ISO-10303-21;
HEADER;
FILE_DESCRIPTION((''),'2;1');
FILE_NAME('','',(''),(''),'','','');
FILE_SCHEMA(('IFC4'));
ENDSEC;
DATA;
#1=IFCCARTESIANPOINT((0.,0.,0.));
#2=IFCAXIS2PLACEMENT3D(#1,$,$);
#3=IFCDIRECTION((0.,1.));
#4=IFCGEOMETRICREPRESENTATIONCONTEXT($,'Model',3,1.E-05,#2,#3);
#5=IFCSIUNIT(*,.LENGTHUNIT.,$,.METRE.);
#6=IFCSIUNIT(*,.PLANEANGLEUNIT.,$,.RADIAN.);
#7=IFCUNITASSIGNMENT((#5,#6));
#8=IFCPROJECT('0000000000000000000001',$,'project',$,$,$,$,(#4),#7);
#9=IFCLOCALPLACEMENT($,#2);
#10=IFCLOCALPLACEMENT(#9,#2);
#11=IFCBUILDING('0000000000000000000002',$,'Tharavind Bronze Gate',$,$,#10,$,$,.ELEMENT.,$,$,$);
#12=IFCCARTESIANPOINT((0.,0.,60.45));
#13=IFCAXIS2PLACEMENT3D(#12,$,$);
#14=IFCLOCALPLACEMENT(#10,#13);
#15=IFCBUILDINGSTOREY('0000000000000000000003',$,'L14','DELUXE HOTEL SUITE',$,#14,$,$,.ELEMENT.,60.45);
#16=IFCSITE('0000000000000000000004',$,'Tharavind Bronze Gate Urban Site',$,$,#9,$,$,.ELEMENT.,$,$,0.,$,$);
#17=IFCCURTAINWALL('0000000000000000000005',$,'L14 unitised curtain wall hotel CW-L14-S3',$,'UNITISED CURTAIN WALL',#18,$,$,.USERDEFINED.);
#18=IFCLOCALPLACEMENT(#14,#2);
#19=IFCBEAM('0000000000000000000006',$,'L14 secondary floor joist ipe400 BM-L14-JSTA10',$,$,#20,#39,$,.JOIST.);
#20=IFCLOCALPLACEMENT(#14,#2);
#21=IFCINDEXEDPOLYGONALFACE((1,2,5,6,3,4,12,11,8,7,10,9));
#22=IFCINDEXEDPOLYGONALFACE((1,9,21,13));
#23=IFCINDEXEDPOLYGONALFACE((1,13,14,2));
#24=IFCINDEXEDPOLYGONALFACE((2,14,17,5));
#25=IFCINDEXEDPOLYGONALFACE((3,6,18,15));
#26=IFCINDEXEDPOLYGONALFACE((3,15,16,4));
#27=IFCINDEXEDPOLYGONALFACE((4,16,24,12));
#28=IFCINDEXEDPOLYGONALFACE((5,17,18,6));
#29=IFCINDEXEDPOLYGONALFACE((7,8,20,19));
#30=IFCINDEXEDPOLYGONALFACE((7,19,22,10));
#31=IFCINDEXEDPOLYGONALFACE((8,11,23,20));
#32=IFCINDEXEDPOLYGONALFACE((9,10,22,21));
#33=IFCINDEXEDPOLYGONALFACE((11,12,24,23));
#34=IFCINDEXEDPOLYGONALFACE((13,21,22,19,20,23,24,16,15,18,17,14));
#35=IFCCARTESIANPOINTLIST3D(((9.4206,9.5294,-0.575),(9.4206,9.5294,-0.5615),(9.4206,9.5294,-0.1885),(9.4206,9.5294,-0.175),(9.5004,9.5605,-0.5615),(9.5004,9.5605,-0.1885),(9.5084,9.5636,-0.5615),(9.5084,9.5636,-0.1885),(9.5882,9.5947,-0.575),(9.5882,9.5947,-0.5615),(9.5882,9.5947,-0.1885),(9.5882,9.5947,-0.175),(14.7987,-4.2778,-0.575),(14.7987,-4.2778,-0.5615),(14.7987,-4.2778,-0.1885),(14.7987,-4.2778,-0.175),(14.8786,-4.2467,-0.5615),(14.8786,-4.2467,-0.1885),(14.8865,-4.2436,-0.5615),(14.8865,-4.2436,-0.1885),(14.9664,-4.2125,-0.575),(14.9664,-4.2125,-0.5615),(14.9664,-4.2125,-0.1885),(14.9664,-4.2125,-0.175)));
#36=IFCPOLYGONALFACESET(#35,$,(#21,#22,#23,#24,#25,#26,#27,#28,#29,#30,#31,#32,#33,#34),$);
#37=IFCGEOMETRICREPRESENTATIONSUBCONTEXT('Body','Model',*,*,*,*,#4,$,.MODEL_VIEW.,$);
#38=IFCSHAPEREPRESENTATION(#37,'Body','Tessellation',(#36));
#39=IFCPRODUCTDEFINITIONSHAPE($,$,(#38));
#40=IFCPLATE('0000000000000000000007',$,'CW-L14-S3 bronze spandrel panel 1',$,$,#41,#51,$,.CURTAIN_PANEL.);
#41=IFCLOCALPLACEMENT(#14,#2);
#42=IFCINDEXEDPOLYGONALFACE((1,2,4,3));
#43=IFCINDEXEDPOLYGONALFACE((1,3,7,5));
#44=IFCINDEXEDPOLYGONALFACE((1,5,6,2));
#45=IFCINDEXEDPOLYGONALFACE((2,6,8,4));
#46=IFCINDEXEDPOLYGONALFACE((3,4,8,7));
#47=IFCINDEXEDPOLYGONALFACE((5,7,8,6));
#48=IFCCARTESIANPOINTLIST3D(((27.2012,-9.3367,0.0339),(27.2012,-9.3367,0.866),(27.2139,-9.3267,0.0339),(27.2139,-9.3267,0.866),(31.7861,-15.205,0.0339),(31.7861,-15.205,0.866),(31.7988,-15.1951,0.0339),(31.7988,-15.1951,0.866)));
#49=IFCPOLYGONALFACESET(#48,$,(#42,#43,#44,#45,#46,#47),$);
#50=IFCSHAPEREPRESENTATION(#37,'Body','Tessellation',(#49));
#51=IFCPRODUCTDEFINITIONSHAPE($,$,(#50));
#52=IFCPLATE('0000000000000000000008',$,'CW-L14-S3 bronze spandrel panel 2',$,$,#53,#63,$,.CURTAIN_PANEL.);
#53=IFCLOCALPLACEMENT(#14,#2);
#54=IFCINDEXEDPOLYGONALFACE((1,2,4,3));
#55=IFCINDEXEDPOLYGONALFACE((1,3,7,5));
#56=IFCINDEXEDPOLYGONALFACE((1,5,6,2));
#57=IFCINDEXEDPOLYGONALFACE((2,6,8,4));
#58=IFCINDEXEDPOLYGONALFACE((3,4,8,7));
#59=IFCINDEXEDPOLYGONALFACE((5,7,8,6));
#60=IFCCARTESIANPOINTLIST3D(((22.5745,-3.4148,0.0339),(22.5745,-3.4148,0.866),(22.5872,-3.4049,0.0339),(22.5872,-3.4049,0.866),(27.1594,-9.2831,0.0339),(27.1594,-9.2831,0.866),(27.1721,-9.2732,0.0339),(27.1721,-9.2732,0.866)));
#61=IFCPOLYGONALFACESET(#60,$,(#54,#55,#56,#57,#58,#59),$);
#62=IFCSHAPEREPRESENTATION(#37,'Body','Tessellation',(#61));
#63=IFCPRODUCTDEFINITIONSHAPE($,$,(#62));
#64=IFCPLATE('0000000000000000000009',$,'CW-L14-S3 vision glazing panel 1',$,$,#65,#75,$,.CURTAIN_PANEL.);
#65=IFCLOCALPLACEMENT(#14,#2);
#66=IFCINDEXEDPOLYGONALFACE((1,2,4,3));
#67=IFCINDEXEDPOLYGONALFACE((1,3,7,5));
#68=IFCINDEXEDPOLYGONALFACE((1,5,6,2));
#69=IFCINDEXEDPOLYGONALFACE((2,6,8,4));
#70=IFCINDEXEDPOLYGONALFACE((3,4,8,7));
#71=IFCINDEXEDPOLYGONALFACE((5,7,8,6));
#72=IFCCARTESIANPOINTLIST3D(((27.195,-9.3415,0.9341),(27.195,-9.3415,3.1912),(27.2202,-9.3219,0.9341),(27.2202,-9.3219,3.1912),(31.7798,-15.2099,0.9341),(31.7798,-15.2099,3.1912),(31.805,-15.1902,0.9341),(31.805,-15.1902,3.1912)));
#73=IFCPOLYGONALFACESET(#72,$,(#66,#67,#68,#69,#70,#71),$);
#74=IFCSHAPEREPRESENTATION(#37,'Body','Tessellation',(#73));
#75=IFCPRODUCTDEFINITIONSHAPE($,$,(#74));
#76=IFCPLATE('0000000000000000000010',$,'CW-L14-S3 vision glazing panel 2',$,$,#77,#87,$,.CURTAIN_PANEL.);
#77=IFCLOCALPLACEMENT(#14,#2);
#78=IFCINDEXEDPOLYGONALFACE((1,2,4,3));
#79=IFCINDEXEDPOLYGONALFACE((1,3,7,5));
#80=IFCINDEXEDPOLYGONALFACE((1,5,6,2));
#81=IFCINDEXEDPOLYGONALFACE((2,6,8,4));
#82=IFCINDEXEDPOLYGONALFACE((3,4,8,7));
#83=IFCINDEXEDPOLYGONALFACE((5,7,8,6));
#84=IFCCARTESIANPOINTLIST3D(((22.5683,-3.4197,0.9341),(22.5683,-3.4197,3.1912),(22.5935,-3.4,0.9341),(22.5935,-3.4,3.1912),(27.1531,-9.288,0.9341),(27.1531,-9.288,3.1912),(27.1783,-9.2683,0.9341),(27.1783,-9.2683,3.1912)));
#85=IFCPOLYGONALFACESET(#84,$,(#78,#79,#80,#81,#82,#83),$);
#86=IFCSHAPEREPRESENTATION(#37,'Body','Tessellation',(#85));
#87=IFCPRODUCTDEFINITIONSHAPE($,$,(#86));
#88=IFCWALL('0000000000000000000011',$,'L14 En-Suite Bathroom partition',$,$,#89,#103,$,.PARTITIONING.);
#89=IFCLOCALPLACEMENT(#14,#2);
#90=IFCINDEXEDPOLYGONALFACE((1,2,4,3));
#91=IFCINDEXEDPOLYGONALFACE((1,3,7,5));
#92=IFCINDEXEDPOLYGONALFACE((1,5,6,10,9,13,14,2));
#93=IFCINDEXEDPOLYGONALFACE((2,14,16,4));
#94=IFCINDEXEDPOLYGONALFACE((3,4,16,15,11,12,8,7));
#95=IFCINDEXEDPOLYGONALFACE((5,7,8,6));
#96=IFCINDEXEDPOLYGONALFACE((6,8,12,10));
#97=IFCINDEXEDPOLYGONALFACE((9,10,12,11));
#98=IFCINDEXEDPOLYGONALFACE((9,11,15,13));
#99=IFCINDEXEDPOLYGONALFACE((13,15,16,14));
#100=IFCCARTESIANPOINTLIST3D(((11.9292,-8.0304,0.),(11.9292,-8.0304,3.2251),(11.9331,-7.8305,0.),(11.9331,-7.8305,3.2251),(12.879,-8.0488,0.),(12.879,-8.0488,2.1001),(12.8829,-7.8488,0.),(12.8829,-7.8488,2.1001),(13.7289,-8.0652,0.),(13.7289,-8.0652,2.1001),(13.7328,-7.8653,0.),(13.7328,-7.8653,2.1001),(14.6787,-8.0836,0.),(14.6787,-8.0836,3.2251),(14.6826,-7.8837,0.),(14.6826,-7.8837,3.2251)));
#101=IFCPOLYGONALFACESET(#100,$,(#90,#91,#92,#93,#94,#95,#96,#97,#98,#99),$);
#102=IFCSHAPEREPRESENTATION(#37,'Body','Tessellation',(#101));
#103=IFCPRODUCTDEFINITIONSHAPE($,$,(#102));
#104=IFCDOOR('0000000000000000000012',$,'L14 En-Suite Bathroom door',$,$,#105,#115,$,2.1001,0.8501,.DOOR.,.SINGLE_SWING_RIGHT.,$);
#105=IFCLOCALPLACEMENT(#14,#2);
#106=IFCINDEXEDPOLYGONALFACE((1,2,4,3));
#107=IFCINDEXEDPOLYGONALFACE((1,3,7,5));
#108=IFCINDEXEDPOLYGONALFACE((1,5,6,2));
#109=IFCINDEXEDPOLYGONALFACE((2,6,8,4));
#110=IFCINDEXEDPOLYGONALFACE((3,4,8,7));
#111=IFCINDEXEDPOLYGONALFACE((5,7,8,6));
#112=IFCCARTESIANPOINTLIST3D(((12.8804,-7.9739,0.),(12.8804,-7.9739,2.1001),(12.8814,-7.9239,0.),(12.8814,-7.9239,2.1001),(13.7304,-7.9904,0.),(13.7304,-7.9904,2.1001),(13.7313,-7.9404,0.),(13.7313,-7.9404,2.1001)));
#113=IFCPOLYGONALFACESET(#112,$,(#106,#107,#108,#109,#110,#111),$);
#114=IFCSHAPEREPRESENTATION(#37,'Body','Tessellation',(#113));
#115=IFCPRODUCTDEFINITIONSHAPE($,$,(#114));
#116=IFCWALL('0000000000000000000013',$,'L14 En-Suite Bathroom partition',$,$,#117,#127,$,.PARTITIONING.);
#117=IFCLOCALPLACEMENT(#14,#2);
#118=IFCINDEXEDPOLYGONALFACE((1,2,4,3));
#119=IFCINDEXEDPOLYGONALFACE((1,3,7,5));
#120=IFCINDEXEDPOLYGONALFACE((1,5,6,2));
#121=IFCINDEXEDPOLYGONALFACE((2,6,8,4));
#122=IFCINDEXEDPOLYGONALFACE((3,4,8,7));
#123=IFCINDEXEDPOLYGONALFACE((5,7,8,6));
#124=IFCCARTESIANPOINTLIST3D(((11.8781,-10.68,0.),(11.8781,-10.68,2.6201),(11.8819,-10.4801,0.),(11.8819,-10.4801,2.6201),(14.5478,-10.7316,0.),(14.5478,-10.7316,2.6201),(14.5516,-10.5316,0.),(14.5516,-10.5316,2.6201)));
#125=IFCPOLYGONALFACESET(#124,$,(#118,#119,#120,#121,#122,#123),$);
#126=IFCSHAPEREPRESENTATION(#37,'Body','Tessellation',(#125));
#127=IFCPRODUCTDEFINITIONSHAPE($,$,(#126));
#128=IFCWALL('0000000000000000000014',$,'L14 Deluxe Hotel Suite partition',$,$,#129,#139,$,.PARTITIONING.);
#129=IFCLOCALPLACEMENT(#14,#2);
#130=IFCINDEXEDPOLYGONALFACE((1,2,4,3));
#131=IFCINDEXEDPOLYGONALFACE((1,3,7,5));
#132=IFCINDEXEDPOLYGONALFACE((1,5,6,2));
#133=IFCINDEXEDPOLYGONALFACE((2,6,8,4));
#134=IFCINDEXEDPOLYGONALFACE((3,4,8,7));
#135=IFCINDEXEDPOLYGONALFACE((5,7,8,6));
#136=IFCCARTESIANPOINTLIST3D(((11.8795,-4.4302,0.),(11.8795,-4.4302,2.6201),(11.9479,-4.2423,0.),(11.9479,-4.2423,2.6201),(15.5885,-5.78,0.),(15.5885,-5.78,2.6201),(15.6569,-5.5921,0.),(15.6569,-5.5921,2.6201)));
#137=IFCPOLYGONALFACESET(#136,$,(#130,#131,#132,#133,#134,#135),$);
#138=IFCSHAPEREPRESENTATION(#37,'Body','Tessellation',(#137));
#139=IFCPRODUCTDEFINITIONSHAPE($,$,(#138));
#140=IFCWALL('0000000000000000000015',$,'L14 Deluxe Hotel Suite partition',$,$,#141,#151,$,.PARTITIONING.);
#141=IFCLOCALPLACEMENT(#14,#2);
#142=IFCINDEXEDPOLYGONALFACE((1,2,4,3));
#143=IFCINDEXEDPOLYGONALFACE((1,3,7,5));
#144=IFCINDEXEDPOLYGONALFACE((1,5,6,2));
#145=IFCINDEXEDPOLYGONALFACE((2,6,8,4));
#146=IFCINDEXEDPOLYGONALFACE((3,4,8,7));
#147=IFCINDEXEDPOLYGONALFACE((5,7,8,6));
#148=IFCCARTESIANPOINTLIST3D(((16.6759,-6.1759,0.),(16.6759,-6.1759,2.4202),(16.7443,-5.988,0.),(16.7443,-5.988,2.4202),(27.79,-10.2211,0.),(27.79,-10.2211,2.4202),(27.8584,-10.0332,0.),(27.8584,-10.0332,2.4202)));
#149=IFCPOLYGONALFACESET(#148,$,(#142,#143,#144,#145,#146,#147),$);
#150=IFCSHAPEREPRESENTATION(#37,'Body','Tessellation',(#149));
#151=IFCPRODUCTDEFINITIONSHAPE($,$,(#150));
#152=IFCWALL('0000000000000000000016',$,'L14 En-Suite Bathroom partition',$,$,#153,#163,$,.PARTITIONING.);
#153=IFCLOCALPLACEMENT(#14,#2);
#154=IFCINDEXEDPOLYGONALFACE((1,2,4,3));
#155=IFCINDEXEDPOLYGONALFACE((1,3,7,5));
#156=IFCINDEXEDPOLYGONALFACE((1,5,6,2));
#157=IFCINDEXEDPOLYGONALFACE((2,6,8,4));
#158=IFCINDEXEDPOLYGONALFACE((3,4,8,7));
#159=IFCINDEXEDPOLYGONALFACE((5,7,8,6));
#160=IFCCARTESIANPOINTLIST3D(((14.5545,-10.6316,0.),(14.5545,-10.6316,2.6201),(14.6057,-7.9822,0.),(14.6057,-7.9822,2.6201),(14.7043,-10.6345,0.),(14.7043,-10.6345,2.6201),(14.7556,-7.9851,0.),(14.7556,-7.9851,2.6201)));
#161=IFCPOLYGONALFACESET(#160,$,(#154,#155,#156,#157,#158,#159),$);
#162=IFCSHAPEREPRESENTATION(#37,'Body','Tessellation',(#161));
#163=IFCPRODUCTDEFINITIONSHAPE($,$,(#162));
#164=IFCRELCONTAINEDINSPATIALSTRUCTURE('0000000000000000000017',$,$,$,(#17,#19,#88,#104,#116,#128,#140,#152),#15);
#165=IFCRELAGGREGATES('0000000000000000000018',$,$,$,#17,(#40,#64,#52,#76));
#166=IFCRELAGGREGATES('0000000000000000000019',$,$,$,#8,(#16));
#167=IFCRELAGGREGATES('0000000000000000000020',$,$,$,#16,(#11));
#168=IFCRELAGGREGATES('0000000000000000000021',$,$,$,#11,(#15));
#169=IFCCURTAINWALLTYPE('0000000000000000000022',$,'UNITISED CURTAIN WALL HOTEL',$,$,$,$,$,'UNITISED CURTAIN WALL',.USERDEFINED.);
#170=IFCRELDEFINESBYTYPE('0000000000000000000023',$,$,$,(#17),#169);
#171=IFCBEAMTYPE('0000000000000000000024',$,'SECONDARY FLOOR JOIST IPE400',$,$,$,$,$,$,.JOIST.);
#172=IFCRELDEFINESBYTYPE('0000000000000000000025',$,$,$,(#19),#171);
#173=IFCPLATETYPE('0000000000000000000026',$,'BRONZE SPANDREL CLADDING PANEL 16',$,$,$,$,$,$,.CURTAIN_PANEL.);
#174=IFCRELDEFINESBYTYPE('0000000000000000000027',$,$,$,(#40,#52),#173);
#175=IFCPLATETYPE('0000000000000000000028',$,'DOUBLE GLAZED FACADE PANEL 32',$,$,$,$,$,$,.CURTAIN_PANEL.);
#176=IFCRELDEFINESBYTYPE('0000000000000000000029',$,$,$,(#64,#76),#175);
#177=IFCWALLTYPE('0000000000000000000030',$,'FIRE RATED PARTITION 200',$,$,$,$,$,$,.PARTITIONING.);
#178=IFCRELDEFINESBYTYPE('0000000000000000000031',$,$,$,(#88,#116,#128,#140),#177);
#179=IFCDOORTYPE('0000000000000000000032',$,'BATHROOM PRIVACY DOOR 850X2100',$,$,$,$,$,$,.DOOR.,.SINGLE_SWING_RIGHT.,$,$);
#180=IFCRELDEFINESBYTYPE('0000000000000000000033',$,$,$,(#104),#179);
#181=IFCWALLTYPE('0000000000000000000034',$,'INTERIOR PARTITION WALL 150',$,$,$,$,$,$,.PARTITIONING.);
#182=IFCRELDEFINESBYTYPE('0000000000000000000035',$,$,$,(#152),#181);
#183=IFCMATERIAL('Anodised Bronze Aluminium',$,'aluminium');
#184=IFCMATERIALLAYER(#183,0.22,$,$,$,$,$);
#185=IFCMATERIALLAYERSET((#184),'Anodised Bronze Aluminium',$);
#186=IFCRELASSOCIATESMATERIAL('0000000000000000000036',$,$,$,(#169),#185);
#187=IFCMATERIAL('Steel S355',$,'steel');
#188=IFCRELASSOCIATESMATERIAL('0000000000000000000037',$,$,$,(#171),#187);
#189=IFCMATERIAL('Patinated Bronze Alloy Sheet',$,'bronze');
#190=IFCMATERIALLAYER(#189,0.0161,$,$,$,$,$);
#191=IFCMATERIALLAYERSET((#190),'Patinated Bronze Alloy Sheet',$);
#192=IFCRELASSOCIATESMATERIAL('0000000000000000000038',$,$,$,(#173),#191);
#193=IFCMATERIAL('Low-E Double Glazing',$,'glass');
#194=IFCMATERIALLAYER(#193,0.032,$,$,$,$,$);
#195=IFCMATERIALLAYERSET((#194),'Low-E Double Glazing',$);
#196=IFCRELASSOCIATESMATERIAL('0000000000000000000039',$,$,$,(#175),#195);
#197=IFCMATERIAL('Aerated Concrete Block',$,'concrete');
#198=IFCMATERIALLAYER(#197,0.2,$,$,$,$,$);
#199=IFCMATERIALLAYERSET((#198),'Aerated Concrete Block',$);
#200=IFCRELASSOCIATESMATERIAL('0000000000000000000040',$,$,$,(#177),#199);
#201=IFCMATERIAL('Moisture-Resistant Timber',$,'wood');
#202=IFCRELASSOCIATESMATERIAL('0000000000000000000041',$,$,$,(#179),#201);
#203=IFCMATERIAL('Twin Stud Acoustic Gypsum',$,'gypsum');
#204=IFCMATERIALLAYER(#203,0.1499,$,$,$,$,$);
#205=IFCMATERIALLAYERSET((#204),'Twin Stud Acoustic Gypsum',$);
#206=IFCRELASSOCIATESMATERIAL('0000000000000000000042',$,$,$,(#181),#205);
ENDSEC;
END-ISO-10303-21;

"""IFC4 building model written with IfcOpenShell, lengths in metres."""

from ifc_helpers import new_model, si_unit, direction, frame, frame_2d, origin, origin_2d, place, context, subcontext, project, spatial, rectangle, i_section, extrude, material, layer, layer_set, material_profile, profile_set, type_object, element, fill, aggregate, save


model = new_model("IFC4")

# Units and contexts
model_context = context("Model", 3, precision=1e-05, world=origin(), true_north=direction((0.0, 1.0)))
body_context = subcontext(model_context, "Body", "Model", "MODEL_VIEW")
ifc_project = project(units=[si_unit("LENGTHUNIT", "METRE"), si_unit("PLANEANGLEUNIT", "RADIAN")], contexts=[model_context])

# Site, building, storey
site_placement = place(None, origin())
site = spatial("IfcSite", under=ifc_project, at=site_placement, Name="Tharavind Bronze Gate Urban Site", CompositionType="ELEMENT", RefElevation=0.0)
building_placement = place(site_placement, origin())
building = spatial("IfcBuilding", under=site, at=building_placement, Name="Tharavind Bronze Gate", CompositionType="ELEMENT")
storey_placement = place(building_placement, frame((0.0, 0.0, 60.45)))
storey = spatial("IfcBuildingStorey", under=building, at=storey_placement, Name="L14", Description="DELUXE HOTEL SUITE", CompositionType="ELEMENT", Elevation=60.45)

# Curtain wall
ifc_material_1 = material(Name="Anodised Bronze Aluminium", Category="aluminium")
ifc_layer_1 = layer(ifc_material_1, 0.22)
ifc_layer_set_1 = layer_set([ifc_layer_1], Name="Anodised Bronze Aluminium")
curtain_wall_type = type_object("IfcCurtainWallType", Name="UNITISED CURTAIN WALL HOTEL", ElementType="UNITISED CURTAIN WALL", PredefinedType="USERDEFINED", material=ifc_layer_set_1)
curtain_wall_placement = place(storey_placement, origin())
curtain_wall = element("IfcCurtainWall", 1, at=curtain_wall_placement, inside=storey, type_object=curtain_wall_type, Name="L14 unitised curtain wall hotel CW-L14-S3", ObjectType="UNITISED CURTAIN WALL", PredefinedType="USERDEFINED")

# Beam
ifc_material_2 = material(Name="Steel S355", Category="steel")
ifc_material_profile_1 = material_profile(ifc_material_2, i_section(OverallWidth=0.1799, OverallDepth=0.3999, WebThickness=0.0085, FlangeThickness=0.0134, at=origin_2d()), Name="IPE400")
ifc_profile_set_1 = profile_set([ifc_material_profile_1], Name="Steel S355")
beam_type_1 = type_object("IfcBeamType", Name="SECONDARY FLOOR JOIST IPE400", PredefinedType="JOIST", material=ifc_profile_set_1)
beam_1_placement = place(storey_placement, frame((14.8826, -4.2451, -0.375), z_axis=(-0.362958, 0.931805, 0.0), x_axis=(-0.931805, -0.362958, 0.0)))
element("IfcBeam", 2, at=beam_1_placement, inside=storey, type_object=beam_type_1, Name="L14 secondary floor joist ipe400 BM-L14-JSTA10", PredefinedType="JOIST", context=body_context, shape_type="SweptSolid", body=[
    extrude(i_section(OverallWidth=0.1799, OverallDepth=0.3999, WebThickness=0.0085, FlangeThickness=0.0134, at=origin_2d()), origin(), (0.0, 0.0, 1.0), 14.8176),
])

# Plates
ifc_material_3 = material(Name="Patinated Bronze Alloy Sheet", Category="bronze")
ifc_layer_2 = layer(ifc_material_3, 0.0161)
ifc_layer_set_2 = layer_set([ifc_layer_2], Name="Patinated Bronze Alloy Sheet")
plate_type_1 = type_object("IfcPlateType", Name="BRONZE SPANDREL CLADDING PANEL 16", PredefinedType="CURTAIN_PANEL", material=ifc_layer_set_2)
plate_1_placement = place(storey_placement, frame((29.5, -12.2659, 0.0339), z_axis=(0.0, 0.0, 1.0), x_axis=(-0.615661, 0.788011, 0.0)))
plate_1 = element("IfcPlate", 3, at=plate_1_placement, type_object=plate_type_1, Name="CW-L14-S3 bronze spandrel panel 1", PredefinedType="CURTAIN_PANEL", context=body_context, shape_type="SweptSolid", body=[
    extrude(rectangle(XDim=7.447, YDim=0.0161, at=origin_2d()), origin(), (0.0, 0.0, 1.0), 0.832),
])
plate_2_placement = place(storey_placement, frame((24.8733, -6.344, 0.0339), z_axis=(0.0, 0.0, 1.0), x_axis=(-0.615661, 0.788011, 0.0)))
plate_2 = element("IfcPlate", 4, at=plate_2_placement, type_object=plate_type_1, Name="CW-L14-S3 bronze spandrel panel 2", PredefinedType="CURTAIN_PANEL", context=body_context, shape_type="SweptSolid", body=[
    extrude(rectangle(XDim=7.447, YDim=0.0161, at=origin_2d()), origin(), (0.0, 0.0, 1.0), 0.832),
])
ifc_material_4 = material(Name="Low-E Double Glazing", Category="glass")
ifc_layer_3 = layer(ifc_material_4, 0.032)
ifc_layer_set_3 = layer_set([ifc_layer_3], Name="Low-E Double Glazing")
plate_type_2 = type_object("IfcPlateType", Name="DOUBLE GLAZED FACADE PANEL 32", PredefinedType="CURTAIN_PANEL", material=ifc_layer_set_3)
plate_3_placement = place(storey_placement, frame((29.5, -12.2659, 0.9341), z_axis=(0.0, 0.0, 1.0), x_axis=(-0.615661, 0.788011, 0.0)))
plate_3 = element("IfcPlate", 5, at=plate_3_placement, type_object=plate_type_2, Name="CW-L14-S3 vision glazing panel 1", PredefinedType="CURTAIN_PANEL", context=body_context, shape_type="SweptSolid", body=[
    extrude(rectangle(XDim=7.447, YDim=0.032, at=origin_2d()), origin(), (0.0, 0.0, 1.0), 2.2571),
])
plate_4_placement = place(storey_placement, frame((24.8733, -6.344, 0.9341), z_axis=(0.0, 0.0, 1.0), x_axis=(-0.615661, 0.788011, 0.0)))
plate_4 = element("IfcPlate", 6, at=plate_4_placement, type_object=plate_type_2, Name="CW-L14-S3 vision glazing panel 2", PredefinedType="CURTAIN_PANEL", context=body_context, shape_type="SweptSolid", body=[
    extrude(rectangle(XDim=7.447, YDim=0.032, at=origin_2d()), origin(), (0.0, 0.0, 1.0), 2.2571),
])
aggregate(curtain_wall, [plate_1, plate_3, plate_2, plate_4])

# Wall, opening, door
ifc_material_5 = material(Name="Aerated Concrete Block", Category="concrete")
ifc_layer_4 = layer(ifc_material_5, 0.2)
ifc_layer_set_4 = layer_set([ifc_layer_4], Name="Aerated Concrete Block")
wall_type_1 = type_object("IfcWallType", Name="FIRE RATED PARTITION 200", PredefinedType="PARTITIONING", material=ifc_layer_set_4)
wall_1_placement = place(storey_placement, frame((11.9312, -7.9304, 0.0), z_axis=(0.0, 0.0, 1.0), x_axis=(0.999813, -0.019354, 0.0)))
wall_1 = element("IfcWall", 7, at=wall_1_placement, inside=storey, type_object=wall_type_1, Name="L14 En-Suite Bathroom partition", PredefinedType="PARTITIONING", context=body_context, shape_type="SweptSolid", body=[
    extrude(rectangle(XDim=2.75, YDim=0.2, at=frame_2d((1.375, 0.0))), origin(), (0.0, 0.0, 1.0), 3.2251),
])
opening_1_placement = place(wall_1_placement, frame((0.95, 0.0, 0.0)))
opening_1 = element("IfcOpeningElement", 8, at=opening_1_placement, cuts=wall_1, PredefinedType="OPENING", context=body_context, shape_type="SweptSolid", body=[
    extrude(rectangle(XDim=0.8501, YDim=2.1001, at=frame_2d((0.425, 1.05))), frame((0.0, 0.1101, 0.0), z_axis=(0.0, -1.0, 0.0), x_axis=(1.0, 0.0, 0.0)), (0.0, 0.0, 1.0), 0.22),
])
ifc_material_6 = material(Name="Moisture-Resistant Timber", Category="wood")
door_type = type_object("IfcDoorType", Name="BATHROOM PRIVACY DOOR 850X2100", OperationType="SINGLE_SWING_RIGHT", PredefinedType="DOOR", material=ifc_material_6)
door_1_placement = place(opening_1_placement, origin())
door_1 = element("IfcDoor", 9, at=door_1_placement, inside=storey, type_object=door_type, Name="L14 En-Suite Bathroom door", OperationType="SINGLE_SWING_RIGHT", OverallHeight=2.1001, OverallWidth=0.8501, PredefinedType="DOOR", context=body_context, shape_type="SweptSolid", body=[
    extrude(rectangle(XDim=0.8501, YDim=2.1001, at=frame_2d((0.425, 1.05))), frame((0.0, 0.0249, 0.0), z_axis=(0.0, -1.0, 0.0), x_axis=(1.0, 0.0, 0.0)), (0.0, 0.0, 1.0), 0.05),
])
fill(opening_1, door_1)

# Walls
wall_2_placement = place(storey_placement, frame((14.5496, -10.6316, 0.0), z_axis=(0.0, 0.0, 1.0), x_axis=(-0.999814, 0.019292, 0.0)))
element("IfcWall", 10, at=wall_2_placement, inside=storey, type_object=wall_type_1, Name="L14 En-Suite Bathroom partition", PredefinedType="PARTITIONING", context=body_context, shape_type="SweptSolid", body=[
    extrude(rectangle(XDim=2.6702, YDim=0.2, at=frame_2d((1.335, 0.0))), origin(), (0.0, 0.0, 1.0), 2.6201),
])
wall_3_placement = place(storey_placement, frame((11.9136, -4.3362, 0.0), z_axis=(0.0, 0.0, 1.0), x_axis=(0.939701, -0.341996, 0.0)))
element("IfcWall", 11, at=wall_3_placement, inside=storey, type_object=wall_type_1, Name="L14 Deluxe Hotel Suite partition", PredefinedType="PARTITIONING", context=body_context, shape_type="SweptSolid", body=[
    extrude(rectangle(XDim=3.947, YDim=0.2, at=frame_2d((1.9736, 0.0))), origin(), (0.0, 0.0, 1.0), 2.6201),
])
wall_4_placement = place(storey_placement, frame((16.7102, -6.082, 0.0), z_axis=(0.0, 0.0, 1.0), x_axis=(0.939695, -0.342013, 0.0)))
element("IfcWall", 12, at=wall_4_placement, inside=storey, type_object=wall_type_1, Name="L14 Deluxe Hotel Suite partition", PredefinedType="PARTITIONING", context=body_context, shape_type="SweptSolid", body=[
    extrude(rectangle(XDim=11.8274, YDim=0.2, at=frame_2d((5.9136, 0.0))), origin(), (0.0, 0.0, 1.0), 2.4202),
])
ifc_material_7 = material(Name="Twin Stud Acoustic Gypsum", Category="gypsum")
ifc_layer_5 = layer(ifc_material_7, 0.1499)
ifc_layer_set_5 = layer_set([ifc_layer_5], Name="Twin Stud Acoustic Gypsum")
wall_type_2 = type_object("IfcWallType", Name="INTERIOR PARTITION WALL 150", PredefinedType="PARTITIONING", material=ifc_layer_set_5)
wall_5_placement = place(storey_placement, frame((14.6807, -7.9836, 0.0), z_axis=(0.0, 0.0, 1.0), x_axis=(-0.019348, -0.999813, 0.0)))
element("IfcWall", 13, at=wall_5_placement, inside=storey, type_object=wall_type_2, Name="L14 En-Suite Bathroom partition", PredefinedType="PARTITIONING", context=body_context, shape_type="SweptSolid", body=[
    extrude(rectangle(XDim=2.6499, YDim=0.1499, at=frame_2d((1.325, 0.0))), origin(), (0.0, 0.0, 1.0), 2.6201),
])

save(model, "model.ifc")
